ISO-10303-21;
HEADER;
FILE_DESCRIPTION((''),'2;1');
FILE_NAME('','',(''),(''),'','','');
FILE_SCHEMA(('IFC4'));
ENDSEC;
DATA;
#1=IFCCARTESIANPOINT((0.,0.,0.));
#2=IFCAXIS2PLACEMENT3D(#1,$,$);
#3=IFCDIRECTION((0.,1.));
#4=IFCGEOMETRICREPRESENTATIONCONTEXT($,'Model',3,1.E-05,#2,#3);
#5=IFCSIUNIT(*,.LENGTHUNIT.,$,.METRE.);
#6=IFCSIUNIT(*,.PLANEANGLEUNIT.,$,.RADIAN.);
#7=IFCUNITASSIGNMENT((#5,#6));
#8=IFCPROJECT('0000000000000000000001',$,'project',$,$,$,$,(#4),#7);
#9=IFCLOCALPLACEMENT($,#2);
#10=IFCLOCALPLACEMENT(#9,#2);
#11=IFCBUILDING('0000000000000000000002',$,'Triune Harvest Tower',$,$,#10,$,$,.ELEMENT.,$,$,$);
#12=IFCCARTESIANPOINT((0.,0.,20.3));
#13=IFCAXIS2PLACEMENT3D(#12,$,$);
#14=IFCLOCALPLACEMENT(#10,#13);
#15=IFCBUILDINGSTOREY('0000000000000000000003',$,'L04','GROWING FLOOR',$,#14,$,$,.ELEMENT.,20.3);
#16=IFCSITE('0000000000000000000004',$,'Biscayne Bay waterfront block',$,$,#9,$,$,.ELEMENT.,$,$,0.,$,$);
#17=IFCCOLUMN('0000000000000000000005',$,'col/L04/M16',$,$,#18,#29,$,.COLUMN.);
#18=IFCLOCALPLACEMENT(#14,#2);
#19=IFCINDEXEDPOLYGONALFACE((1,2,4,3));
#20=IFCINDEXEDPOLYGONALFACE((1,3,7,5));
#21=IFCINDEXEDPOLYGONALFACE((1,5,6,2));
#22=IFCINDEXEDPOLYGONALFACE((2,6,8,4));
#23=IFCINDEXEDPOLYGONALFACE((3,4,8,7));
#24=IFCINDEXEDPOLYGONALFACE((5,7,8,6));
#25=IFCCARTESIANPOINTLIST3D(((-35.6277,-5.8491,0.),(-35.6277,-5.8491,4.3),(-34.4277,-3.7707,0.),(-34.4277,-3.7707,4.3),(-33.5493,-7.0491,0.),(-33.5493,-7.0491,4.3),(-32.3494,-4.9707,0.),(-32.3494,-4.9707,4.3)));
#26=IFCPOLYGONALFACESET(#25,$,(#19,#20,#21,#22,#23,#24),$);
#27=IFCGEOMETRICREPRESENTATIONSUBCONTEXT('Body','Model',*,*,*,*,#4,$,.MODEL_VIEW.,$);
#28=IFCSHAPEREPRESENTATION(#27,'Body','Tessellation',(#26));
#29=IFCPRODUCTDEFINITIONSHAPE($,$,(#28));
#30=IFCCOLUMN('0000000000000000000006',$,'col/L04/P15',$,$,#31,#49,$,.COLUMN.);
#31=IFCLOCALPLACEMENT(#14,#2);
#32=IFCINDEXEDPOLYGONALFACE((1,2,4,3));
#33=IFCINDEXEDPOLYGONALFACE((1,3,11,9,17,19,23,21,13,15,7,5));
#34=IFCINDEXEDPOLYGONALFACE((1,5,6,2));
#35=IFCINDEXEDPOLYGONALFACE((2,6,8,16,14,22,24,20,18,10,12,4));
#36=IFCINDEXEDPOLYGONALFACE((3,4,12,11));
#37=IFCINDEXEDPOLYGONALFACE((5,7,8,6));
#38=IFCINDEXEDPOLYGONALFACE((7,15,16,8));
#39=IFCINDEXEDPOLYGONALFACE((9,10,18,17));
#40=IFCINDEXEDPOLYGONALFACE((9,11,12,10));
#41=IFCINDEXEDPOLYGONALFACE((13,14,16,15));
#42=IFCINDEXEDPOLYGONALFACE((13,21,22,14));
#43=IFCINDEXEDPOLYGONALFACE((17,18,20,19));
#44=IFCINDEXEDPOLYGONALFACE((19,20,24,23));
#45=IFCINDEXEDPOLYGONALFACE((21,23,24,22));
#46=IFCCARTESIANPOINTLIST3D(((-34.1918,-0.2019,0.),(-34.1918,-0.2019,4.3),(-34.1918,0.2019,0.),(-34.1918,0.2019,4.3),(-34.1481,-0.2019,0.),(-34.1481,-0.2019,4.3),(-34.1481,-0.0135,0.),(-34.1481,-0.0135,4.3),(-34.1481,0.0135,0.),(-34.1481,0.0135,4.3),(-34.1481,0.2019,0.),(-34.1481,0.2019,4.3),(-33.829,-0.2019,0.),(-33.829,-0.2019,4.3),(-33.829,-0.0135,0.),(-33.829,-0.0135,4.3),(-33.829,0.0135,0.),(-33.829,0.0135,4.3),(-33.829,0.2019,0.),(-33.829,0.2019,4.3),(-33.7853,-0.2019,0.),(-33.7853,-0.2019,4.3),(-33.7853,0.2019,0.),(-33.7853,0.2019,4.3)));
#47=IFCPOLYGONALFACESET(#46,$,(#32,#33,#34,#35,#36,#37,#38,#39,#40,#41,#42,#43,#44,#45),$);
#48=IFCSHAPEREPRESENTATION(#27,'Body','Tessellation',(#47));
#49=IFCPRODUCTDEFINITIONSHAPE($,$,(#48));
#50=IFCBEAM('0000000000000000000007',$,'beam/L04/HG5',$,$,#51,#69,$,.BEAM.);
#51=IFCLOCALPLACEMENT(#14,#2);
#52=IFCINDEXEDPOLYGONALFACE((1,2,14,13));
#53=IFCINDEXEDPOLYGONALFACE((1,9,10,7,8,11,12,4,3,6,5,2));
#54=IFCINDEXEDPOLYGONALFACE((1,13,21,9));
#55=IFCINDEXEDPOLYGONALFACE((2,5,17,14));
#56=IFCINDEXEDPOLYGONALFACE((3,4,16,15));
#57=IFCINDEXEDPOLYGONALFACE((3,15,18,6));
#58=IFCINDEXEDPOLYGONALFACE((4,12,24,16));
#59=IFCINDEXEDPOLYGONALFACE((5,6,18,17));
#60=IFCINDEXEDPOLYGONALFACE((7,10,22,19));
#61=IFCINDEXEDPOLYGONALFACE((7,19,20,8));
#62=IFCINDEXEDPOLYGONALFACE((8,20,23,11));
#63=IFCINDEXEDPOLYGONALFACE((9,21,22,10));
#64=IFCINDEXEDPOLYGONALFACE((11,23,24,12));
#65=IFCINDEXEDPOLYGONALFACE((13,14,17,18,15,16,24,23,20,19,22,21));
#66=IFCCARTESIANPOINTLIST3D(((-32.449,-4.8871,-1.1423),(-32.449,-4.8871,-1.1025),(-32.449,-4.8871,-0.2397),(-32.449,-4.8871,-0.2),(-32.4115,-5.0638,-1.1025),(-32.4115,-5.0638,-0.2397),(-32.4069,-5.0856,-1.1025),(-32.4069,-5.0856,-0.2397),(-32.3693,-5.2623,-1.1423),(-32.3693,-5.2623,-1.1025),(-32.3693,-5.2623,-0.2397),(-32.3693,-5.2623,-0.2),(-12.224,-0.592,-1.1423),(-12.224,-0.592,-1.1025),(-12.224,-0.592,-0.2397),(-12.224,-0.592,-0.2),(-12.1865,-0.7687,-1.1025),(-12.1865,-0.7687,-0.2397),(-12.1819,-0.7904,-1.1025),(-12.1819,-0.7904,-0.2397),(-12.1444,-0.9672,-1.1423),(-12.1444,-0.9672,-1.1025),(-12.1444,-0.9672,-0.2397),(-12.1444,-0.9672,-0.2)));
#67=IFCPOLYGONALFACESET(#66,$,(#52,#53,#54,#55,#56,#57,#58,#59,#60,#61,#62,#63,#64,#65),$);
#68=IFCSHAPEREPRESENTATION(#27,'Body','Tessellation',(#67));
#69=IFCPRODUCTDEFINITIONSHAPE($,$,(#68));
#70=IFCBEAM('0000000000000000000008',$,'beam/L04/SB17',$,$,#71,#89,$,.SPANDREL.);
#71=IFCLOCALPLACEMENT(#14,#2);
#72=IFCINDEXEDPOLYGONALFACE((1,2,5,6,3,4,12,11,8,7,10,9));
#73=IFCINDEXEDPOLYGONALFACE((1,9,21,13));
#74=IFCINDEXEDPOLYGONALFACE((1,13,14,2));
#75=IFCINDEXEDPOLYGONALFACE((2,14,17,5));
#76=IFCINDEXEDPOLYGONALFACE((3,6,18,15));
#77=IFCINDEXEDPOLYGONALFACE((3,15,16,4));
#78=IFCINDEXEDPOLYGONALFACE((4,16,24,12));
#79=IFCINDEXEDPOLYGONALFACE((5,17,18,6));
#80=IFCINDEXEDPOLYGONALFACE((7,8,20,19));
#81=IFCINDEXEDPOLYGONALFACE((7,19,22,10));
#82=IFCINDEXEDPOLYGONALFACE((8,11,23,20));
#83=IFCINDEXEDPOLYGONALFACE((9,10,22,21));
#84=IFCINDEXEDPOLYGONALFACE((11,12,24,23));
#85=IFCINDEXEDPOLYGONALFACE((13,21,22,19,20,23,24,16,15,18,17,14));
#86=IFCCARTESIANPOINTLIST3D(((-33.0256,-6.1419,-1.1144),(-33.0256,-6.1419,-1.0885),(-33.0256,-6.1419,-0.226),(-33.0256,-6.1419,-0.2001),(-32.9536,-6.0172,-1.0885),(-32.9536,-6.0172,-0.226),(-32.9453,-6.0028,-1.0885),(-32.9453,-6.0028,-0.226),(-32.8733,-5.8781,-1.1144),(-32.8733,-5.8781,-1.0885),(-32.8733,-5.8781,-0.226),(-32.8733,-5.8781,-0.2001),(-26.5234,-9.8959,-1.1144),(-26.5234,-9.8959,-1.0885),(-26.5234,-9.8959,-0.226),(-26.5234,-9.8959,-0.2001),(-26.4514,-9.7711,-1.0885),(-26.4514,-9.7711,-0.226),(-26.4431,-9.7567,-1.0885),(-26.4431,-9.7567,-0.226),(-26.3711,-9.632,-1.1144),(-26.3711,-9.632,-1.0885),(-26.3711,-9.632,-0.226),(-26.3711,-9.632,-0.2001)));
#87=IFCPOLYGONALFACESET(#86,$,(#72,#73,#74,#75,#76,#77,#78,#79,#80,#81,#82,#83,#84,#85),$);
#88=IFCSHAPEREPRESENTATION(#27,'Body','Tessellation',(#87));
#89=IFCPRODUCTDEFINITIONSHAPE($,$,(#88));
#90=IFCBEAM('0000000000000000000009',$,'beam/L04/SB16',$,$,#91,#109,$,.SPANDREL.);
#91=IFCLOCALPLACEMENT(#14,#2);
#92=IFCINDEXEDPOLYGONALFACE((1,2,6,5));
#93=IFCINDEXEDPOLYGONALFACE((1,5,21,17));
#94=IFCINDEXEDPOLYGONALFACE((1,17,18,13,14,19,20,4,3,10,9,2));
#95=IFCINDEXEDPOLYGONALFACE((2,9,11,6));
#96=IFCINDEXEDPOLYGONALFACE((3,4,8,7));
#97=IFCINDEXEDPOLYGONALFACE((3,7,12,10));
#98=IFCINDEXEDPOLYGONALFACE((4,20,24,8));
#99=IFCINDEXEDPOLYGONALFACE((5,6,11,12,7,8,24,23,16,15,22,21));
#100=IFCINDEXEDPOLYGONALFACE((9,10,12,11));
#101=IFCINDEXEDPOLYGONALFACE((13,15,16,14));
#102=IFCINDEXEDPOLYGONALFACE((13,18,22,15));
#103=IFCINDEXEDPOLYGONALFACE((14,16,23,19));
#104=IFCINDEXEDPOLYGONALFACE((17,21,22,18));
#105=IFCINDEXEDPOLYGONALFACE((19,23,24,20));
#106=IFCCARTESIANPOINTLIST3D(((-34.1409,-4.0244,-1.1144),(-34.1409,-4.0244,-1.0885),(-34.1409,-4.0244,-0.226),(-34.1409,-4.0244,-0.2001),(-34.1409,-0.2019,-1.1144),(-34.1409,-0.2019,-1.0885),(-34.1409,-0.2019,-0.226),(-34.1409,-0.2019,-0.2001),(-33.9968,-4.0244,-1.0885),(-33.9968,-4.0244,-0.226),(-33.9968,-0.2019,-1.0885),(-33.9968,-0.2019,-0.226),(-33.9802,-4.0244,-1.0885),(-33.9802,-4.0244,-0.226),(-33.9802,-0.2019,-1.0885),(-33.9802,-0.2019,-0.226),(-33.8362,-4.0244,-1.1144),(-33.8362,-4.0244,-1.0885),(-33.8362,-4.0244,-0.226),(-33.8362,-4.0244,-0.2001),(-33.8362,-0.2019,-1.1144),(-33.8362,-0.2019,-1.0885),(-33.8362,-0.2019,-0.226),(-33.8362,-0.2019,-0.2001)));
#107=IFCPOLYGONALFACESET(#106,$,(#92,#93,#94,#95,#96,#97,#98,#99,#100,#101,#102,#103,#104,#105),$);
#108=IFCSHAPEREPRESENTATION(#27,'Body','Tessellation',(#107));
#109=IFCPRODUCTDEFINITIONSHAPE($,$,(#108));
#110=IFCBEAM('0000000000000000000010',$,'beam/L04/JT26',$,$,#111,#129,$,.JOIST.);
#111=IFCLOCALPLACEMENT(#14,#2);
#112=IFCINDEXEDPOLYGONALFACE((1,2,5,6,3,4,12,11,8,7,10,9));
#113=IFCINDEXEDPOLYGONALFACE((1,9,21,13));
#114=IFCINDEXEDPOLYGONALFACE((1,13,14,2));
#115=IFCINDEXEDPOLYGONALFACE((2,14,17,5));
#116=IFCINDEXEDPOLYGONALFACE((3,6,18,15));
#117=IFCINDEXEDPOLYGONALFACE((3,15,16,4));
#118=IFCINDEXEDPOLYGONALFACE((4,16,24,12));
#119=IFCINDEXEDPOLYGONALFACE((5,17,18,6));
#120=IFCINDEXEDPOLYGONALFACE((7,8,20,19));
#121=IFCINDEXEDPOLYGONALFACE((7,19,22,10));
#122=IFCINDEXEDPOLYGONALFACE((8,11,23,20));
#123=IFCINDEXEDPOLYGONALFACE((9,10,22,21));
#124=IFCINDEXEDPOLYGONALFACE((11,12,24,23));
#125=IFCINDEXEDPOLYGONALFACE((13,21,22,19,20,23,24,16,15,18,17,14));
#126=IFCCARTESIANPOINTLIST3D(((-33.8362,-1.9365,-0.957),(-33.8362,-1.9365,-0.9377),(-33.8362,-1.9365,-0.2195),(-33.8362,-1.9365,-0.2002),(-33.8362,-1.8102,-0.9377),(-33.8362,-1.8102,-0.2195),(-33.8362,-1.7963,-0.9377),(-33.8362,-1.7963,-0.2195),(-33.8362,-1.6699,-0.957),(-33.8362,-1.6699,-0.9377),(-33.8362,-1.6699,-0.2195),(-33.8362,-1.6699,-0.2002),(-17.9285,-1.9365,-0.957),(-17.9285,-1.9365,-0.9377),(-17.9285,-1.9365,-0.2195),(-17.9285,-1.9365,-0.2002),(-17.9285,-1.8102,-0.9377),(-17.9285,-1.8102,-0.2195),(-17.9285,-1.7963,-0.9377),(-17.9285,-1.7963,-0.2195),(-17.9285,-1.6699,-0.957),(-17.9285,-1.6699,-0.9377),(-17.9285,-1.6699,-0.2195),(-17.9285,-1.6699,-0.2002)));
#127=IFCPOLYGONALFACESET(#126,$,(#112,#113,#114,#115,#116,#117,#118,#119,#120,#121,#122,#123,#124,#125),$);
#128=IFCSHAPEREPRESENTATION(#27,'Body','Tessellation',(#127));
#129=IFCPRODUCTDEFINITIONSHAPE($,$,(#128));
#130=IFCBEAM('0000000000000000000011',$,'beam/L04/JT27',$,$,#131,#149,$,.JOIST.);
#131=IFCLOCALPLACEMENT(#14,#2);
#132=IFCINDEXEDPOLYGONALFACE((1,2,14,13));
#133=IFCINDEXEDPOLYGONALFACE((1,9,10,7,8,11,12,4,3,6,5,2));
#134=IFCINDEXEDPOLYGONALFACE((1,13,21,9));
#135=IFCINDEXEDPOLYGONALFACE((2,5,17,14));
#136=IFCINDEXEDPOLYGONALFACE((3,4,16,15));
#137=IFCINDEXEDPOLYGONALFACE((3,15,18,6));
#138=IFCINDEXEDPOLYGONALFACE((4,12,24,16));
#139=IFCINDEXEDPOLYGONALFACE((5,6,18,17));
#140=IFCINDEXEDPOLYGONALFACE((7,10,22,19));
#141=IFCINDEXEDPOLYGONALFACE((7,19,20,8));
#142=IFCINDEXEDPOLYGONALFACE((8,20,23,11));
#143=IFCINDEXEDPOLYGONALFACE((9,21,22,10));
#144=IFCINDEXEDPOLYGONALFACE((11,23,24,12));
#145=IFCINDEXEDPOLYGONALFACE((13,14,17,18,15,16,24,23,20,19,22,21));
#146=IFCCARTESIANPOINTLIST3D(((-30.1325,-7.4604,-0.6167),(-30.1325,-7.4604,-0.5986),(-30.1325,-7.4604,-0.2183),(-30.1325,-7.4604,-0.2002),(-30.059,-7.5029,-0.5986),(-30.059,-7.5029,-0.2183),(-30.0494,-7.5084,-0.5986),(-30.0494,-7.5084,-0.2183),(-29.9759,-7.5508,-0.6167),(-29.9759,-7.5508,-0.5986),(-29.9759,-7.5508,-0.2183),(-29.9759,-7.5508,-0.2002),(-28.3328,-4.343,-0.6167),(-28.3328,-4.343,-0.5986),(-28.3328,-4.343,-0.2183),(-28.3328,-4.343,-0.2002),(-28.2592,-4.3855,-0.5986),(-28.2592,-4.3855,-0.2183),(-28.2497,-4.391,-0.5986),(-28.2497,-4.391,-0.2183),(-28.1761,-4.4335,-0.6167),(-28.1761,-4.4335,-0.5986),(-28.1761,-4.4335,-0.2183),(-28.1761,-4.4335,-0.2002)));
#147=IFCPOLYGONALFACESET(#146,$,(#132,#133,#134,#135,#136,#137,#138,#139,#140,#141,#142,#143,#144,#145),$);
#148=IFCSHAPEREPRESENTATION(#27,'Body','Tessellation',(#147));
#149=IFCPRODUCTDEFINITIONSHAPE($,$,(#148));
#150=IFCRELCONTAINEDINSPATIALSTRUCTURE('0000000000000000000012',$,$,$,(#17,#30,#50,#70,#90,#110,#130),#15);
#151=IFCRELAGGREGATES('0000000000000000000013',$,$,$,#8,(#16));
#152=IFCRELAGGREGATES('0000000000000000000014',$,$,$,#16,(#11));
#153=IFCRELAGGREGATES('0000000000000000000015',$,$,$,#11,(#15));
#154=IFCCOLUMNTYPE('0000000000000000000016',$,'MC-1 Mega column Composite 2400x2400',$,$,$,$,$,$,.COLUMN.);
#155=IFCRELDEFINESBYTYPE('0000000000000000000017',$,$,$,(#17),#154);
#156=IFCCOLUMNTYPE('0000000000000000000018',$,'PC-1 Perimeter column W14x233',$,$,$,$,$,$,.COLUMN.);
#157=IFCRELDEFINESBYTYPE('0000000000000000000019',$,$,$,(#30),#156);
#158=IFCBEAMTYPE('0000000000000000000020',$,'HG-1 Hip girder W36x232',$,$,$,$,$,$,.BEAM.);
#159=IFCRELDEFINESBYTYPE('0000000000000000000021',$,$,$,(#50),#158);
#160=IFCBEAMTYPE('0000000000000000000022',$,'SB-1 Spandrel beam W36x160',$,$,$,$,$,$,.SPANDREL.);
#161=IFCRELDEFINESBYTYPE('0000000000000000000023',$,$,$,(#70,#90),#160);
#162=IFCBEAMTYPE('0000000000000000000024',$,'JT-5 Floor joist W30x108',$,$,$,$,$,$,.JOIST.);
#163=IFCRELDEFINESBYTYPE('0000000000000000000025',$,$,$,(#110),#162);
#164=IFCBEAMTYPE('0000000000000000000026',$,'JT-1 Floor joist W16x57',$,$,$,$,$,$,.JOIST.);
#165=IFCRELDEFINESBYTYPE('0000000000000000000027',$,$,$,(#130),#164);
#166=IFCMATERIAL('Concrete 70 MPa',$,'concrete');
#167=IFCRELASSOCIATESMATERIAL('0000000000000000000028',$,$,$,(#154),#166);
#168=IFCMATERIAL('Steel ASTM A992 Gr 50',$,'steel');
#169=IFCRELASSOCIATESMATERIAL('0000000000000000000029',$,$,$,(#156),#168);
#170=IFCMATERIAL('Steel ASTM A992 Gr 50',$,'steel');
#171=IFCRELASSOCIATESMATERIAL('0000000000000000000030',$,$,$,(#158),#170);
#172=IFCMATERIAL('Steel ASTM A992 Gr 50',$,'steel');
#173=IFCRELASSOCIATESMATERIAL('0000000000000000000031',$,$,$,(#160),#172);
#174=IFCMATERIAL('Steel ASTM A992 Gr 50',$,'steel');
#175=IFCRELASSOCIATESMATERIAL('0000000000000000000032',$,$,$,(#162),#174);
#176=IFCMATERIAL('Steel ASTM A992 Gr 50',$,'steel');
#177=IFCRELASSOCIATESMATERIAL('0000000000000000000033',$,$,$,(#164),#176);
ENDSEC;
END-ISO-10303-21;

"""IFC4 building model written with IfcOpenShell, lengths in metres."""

from ifc_helpers import new_model, si_unit, direction, frame, origin, origin_2d, place, context, subcontext, project, spatial, rectangle, i_section, extrude, source, transform, mapped, material, material_profile, profile_set, type_object, element, save


model = new_model("IFC4")

# Units and contexts
model_context = context("Model", 3, precision=1e-05, world=origin(), true_north=direction((0.0, 1.0)))
body_context = subcontext(model_context, "Body", "Model", "MODEL_VIEW")
ifc_project = project(units=[si_unit("LENGTHUNIT", "METRE"), si_unit("PLANEANGLEUNIT", "RADIAN")], contexts=[model_context])

# Site, building, storey
site_placement = place(None, origin())
site = spatial("IfcSite", under=ifc_project, at=site_placement, Name="Biscayne Bay waterfront block", CompositionType="ELEMENT", RefElevation=0.0)
building_placement = place(site_placement, origin())
building = spatial("IfcBuilding", under=site, at=building_placement, Name="Triune Harvest Tower", CompositionType="ELEMENT")
storey_placement = place(building_placement, frame((0.0, 0.0, 20.3)))
storey = spatial("IfcBuildingStorey", under=building, at=storey_placement, Name="L04", Description="GROWING FLOOR", CompositionType="ELEMENT", Elevation=20.3)

# Columns
ifc_material_1 = material(Name="Concrete 70 MPa", Category="concrete")
ifc_material_profile_1 = material_profile(ifc_material_1, rectangle(XDim=2.3999, YDim=2.3999, at=origin_2d()), Name="Composite 2400x2400")
ifc_profile_set_1 = profile_set([ifc_material_profile_1], Name="Concrete 70 MPa")
column_type_1 = type_object("IfcColumnType", Name="MC-1 Mega column Composite 2400x2400", PredefinedType="COLUMN", material=ifc_profile_set_1)
shared_shape_1 = source(origin(), body_context, "Body", "SweptSolid", [
    extrude(rectangle(XDim=2.3999, YDim=2.3999, at=origin_2d()), origin(), (0.0, 0.0, 1.0), 4.3),
])
column_1_placement = place(storey_placement, frame((-33.9885, -5.4099, 0.0), z_axis=(0.0, 0.0, 1.0), x_axis=(0.866025, -0.5, 0.0)))
element("IfcColumn", 1, at=column_1_placement, inside=storey, type_object=column_type_1, Name="col/L04/M16", PredefinedType="COLUMN", context=body_context, shape_type="MappedRepresentation", body=[
    mapped(shared_shape_1, transform((0.0, 0.0, 0.0), scale=1.0)),
])
ifc_material_2 = material(Name="Steel ASTM A992 Gr 50", Category="steel")
ifc_material_profile_2 = material_profile(ifc_material_2, i_section(OverallWidth=0.4038, OverallDepth=0.4065, WebThickness=0.0271, FlangeThickness=0.0437, at=origin_2d()), Name="W14x233")
ifc_profile_set_2 = profile_set([ifc_material_profile_2], Name="Steel ASTM A992 Gr 50")
column_type_2 = type_object("IfcColumnType", Name="PC-1 Perimeter column W14x233", PredefinedType="COLUMN", material=ifc_profile_set_2)
shared_shape_2 = source(origin(), body_context, "Body", "SweptSolid", [
    extrude(i_section(OverallWidth=0.4038, OverallDepth=0.4065, WebThickness=0.0271, FlangeThickness=0.0437, at=origin_2d()), origin(), (0.0, 0.0, 1.0), 4.3),
])
column_2_placement = place(storey_placement, frame((-33.9885, 0.0, 0.0), z_axis=(0.0, 0.0, 1.0), x_axis=(0.0, -1.0, 0.0)))
element("IfcColumn", 2, at=column_2_placement, inside=storey, type_object=column_type_2, Name="col/L04/P15", PredefinedType="COLUMN", context=body_context, shape_type="MappedRepresentation", body=[
    mapped(shared_shape_2, transform((0.0, 0.0, 0.0), scale=1.0)),
])

# Beams
ifc_material_3 = material(Name="Steel ASTM A992 Gr 50", Category="steel")
ifc_material_profile_3 = material_profile(ifc_material_3, i_section(OverallWidth=0.3835, OverallDepth=0.9424, WebThickness=0.0222, FlangeThickness=0.0398, at=origin_2d()), Name="W36x232")
ifc_profile_set_3 = profile_set([ifc_material_profile_3], Name="Steel ASTM A992 Gr 50")
beam_type_1 = type_object("IfcBeamType", Name="HG-1 Hip girder W36x232", PredefinedType="BEAM", material=ifc_profile_set_3)
shared_shape_3 = source(origin(), body_context, "Body", "SweptSolid", [
    extrude(i_section(OverallWidth=0.3835, OverallDepth=0.9424, WebThickness=0.0222, FlangeThickness=0.0398, at=origin_2d()), origin(), (0.0, 0.0, 1.0), 20.676),
])
beam_1_placement = place(storey_placement, frame((-32.4092, -5.0747, -0.6711), z_axis=(0.978185, 0.207735, 0.0), x_axis=(-0.207735, 0.978185, 0.0)))
element("IfcBeam", 3, at=beam_1_placement, inside=storey, type_object=beam_type_1, Name="beam/L04/HG5", PredefinedType="BEAM", context=body_context, shape_type="MappedRepresentation", body=[
    mapped(shared_shape_3, transform((0.0, 0.0, 0.0), scale=1.0)),
])
ifc_material_4 = material(Name="Steel ASTM A992 Gr 50", Category="steel")
ifc_material_profile_4 = material_profile(ifc_material_4, i_section(OverallWidth=0.3047, OverallDepth=0.9143, WebThickness=0.0166, FlangeThickness=0.0259, at=origin_2d()), Name="W36x160")
ifc_profile_set_4 = profile_set([ifc_material_profile_4], Name="Steel ASTM A992 Gr 50")
beam_type_2 = type_object("IfcBeamType", Name="SB-1 Spandrel beam W36x160", PredefinedType="SPANDREL", material=ifc_profile_set_4)
shared_shape_4 = source(origin(), body_context, "Body", "SweptSolid", [
    extrude(i_section(OverallWidth=0.3047, OverallDepth=0.9143, WebThickness=0.0166, FlangeThickness=0.0259, at=origin_2d()), origin(), (0.0, 0.0, 1.0), 7.5081),
])
beam_2_placement = place(storey_placement, frame((-32.9495, -6.01, -0.6572), z_axis=(0.866033, -0.499986, 0.0), x_axis=(0.499986, 0.866033, 0.0)))
element("IfcBeam", 4, at=beam_2_placement, inside=storey, type_object=beam_type_2, Name="beam/L04/SB17", PredefinedType="SPANDREL", context=body_context, shape_type="MappedRepresentation", body=[
    mapped(shared_shape_4, transform((0.0, 0.0, 0.0), scale=1.0)),
])
shared_shape_5 = source(origin(), body_context, "Body", "SweptSolid", [
    extrude(i_section(OverallWidth=0.3047, OverallDepth=0.9143, WebThickness=0.0166, FlangeThickness=0.0259, at=origin_2d()), origin(), (0.0, 0.0, 1.0), 3.8225),
])
beam_3_placement = place(storey_placement, frame((-33.9885, -0.2019, -0.6572), z_axis=(0.0, -1.0, 0.0), x_axis=(1.0, 0.0, 0.0)))
element("IfcBeam", 5, at=beam_3_placement, inside=storey, type_object=beam_type_2, Name="beam/L04/SB16", PredefinedType="SPANDREL", context=body_context, shape_type="MappedRepresentation", body=[
    mapped(shared_shape_5, transform((0.0, 0.0, 0.0), scale=1.0)),
])
ifc_material_5 = material(Name="Steel ASTM A992 Gr 50", Category="steel")
ifc_material_profile_5 = material_profile(ifc_material_5, i_section(OverallWidth=0.2666, OverallDepth=0.7568, WebThickness=0.0139, FlangeThickness=0.0193, at=origin_2d()), Name="W30x108")
ifc_profile_set_5 = profile_set([ifc_material_profile_5], Name="Steel ASTM A992 Gr 50")
beam_type_3 = type_object("IfcBeamType", Name="JT-5 Floor joist W30x108", PredefinedType="JOIST", material=ifc_profile_set_5)
shared_shape_6 = source(origin(), body_context, "Body", "SweptSolid", [
    extrude(i_section(OverallWidth=0.2666, OverallDepth=0.7568, WebThickness=0.0139, FlangeThickness=0.0193, at=origin_2d()), origin(), (0.0, 0.0, 1.0), 15.9077),
])
beam_4_placement = place(storey_placement, frame((-33.8362, -1.8032, -0.5786), z_axis=(1.0, 0.0, 0.0), x_axis=(0.0, 1.0, 0.0)))
element("IfcBeam", 6, at=beam_4_placement, inside=storey, type_object=beam_type_3, Name="beam/L04/JT26", PredefinedType="JOIST", context=body_context, shape_type="MappedRepresentation", body=[
    mapped(shared_shape_6, transform((0.0, 0.0, 0.0), scale=1.0)),
])
ifc_material_6 = material(Name="Steel ASTM A992 Gr 50", Category="steel")
ifc_material_profile_6 = material_profile(ifc_material_6, i_section(OverallWidth=0.1809, OverallDepth=0.4165, WebThickness=0.011, FlangeThickness=0.0181, at=origin_2d()), Name="W16x57")
ifc_profile_set_6 = profile_set([ifc_material_profile_6], Name="Steel ASTM A992 Gr 50")
beam_type_4 = type_object("IfcBeamType", Name="JT-1 Floor joist W16x57", PredefinedType="JOIST", material=ifc_profile_set_6)
shared_shape_7 = source(origin(), body_context, "Body", "SweptSolid", [
    extrude(i_section(OverallWidth=0.1809, OverallDepth=0.4165, WebThickness=0.011, FlangeThickness=0.0181, at=origin_2d()), origin(), (0.0, 0.0, 1.0), 3.5996),
])
beam_5_placement = place(storey_placement, frame((-30.0542, -7.5056, -0.4084), z_axis=(0.499991, 0.866031, 0.0), x_axis=(-0.866031, 0.499991, 0.0)))
element("IfcBeam", 7, at=beam_5_placement, inside=storey, type_object=beam_type_4, Name="beam/L04/JT27", PredefinedType="JOIST", context=body_context, shape_type="MappedRepresentation", body=[
    mapped(shared_shape_7, transform((0.0, 0.0, 0.0), scale=1.0)),
])

save(model, "model.ifc")
